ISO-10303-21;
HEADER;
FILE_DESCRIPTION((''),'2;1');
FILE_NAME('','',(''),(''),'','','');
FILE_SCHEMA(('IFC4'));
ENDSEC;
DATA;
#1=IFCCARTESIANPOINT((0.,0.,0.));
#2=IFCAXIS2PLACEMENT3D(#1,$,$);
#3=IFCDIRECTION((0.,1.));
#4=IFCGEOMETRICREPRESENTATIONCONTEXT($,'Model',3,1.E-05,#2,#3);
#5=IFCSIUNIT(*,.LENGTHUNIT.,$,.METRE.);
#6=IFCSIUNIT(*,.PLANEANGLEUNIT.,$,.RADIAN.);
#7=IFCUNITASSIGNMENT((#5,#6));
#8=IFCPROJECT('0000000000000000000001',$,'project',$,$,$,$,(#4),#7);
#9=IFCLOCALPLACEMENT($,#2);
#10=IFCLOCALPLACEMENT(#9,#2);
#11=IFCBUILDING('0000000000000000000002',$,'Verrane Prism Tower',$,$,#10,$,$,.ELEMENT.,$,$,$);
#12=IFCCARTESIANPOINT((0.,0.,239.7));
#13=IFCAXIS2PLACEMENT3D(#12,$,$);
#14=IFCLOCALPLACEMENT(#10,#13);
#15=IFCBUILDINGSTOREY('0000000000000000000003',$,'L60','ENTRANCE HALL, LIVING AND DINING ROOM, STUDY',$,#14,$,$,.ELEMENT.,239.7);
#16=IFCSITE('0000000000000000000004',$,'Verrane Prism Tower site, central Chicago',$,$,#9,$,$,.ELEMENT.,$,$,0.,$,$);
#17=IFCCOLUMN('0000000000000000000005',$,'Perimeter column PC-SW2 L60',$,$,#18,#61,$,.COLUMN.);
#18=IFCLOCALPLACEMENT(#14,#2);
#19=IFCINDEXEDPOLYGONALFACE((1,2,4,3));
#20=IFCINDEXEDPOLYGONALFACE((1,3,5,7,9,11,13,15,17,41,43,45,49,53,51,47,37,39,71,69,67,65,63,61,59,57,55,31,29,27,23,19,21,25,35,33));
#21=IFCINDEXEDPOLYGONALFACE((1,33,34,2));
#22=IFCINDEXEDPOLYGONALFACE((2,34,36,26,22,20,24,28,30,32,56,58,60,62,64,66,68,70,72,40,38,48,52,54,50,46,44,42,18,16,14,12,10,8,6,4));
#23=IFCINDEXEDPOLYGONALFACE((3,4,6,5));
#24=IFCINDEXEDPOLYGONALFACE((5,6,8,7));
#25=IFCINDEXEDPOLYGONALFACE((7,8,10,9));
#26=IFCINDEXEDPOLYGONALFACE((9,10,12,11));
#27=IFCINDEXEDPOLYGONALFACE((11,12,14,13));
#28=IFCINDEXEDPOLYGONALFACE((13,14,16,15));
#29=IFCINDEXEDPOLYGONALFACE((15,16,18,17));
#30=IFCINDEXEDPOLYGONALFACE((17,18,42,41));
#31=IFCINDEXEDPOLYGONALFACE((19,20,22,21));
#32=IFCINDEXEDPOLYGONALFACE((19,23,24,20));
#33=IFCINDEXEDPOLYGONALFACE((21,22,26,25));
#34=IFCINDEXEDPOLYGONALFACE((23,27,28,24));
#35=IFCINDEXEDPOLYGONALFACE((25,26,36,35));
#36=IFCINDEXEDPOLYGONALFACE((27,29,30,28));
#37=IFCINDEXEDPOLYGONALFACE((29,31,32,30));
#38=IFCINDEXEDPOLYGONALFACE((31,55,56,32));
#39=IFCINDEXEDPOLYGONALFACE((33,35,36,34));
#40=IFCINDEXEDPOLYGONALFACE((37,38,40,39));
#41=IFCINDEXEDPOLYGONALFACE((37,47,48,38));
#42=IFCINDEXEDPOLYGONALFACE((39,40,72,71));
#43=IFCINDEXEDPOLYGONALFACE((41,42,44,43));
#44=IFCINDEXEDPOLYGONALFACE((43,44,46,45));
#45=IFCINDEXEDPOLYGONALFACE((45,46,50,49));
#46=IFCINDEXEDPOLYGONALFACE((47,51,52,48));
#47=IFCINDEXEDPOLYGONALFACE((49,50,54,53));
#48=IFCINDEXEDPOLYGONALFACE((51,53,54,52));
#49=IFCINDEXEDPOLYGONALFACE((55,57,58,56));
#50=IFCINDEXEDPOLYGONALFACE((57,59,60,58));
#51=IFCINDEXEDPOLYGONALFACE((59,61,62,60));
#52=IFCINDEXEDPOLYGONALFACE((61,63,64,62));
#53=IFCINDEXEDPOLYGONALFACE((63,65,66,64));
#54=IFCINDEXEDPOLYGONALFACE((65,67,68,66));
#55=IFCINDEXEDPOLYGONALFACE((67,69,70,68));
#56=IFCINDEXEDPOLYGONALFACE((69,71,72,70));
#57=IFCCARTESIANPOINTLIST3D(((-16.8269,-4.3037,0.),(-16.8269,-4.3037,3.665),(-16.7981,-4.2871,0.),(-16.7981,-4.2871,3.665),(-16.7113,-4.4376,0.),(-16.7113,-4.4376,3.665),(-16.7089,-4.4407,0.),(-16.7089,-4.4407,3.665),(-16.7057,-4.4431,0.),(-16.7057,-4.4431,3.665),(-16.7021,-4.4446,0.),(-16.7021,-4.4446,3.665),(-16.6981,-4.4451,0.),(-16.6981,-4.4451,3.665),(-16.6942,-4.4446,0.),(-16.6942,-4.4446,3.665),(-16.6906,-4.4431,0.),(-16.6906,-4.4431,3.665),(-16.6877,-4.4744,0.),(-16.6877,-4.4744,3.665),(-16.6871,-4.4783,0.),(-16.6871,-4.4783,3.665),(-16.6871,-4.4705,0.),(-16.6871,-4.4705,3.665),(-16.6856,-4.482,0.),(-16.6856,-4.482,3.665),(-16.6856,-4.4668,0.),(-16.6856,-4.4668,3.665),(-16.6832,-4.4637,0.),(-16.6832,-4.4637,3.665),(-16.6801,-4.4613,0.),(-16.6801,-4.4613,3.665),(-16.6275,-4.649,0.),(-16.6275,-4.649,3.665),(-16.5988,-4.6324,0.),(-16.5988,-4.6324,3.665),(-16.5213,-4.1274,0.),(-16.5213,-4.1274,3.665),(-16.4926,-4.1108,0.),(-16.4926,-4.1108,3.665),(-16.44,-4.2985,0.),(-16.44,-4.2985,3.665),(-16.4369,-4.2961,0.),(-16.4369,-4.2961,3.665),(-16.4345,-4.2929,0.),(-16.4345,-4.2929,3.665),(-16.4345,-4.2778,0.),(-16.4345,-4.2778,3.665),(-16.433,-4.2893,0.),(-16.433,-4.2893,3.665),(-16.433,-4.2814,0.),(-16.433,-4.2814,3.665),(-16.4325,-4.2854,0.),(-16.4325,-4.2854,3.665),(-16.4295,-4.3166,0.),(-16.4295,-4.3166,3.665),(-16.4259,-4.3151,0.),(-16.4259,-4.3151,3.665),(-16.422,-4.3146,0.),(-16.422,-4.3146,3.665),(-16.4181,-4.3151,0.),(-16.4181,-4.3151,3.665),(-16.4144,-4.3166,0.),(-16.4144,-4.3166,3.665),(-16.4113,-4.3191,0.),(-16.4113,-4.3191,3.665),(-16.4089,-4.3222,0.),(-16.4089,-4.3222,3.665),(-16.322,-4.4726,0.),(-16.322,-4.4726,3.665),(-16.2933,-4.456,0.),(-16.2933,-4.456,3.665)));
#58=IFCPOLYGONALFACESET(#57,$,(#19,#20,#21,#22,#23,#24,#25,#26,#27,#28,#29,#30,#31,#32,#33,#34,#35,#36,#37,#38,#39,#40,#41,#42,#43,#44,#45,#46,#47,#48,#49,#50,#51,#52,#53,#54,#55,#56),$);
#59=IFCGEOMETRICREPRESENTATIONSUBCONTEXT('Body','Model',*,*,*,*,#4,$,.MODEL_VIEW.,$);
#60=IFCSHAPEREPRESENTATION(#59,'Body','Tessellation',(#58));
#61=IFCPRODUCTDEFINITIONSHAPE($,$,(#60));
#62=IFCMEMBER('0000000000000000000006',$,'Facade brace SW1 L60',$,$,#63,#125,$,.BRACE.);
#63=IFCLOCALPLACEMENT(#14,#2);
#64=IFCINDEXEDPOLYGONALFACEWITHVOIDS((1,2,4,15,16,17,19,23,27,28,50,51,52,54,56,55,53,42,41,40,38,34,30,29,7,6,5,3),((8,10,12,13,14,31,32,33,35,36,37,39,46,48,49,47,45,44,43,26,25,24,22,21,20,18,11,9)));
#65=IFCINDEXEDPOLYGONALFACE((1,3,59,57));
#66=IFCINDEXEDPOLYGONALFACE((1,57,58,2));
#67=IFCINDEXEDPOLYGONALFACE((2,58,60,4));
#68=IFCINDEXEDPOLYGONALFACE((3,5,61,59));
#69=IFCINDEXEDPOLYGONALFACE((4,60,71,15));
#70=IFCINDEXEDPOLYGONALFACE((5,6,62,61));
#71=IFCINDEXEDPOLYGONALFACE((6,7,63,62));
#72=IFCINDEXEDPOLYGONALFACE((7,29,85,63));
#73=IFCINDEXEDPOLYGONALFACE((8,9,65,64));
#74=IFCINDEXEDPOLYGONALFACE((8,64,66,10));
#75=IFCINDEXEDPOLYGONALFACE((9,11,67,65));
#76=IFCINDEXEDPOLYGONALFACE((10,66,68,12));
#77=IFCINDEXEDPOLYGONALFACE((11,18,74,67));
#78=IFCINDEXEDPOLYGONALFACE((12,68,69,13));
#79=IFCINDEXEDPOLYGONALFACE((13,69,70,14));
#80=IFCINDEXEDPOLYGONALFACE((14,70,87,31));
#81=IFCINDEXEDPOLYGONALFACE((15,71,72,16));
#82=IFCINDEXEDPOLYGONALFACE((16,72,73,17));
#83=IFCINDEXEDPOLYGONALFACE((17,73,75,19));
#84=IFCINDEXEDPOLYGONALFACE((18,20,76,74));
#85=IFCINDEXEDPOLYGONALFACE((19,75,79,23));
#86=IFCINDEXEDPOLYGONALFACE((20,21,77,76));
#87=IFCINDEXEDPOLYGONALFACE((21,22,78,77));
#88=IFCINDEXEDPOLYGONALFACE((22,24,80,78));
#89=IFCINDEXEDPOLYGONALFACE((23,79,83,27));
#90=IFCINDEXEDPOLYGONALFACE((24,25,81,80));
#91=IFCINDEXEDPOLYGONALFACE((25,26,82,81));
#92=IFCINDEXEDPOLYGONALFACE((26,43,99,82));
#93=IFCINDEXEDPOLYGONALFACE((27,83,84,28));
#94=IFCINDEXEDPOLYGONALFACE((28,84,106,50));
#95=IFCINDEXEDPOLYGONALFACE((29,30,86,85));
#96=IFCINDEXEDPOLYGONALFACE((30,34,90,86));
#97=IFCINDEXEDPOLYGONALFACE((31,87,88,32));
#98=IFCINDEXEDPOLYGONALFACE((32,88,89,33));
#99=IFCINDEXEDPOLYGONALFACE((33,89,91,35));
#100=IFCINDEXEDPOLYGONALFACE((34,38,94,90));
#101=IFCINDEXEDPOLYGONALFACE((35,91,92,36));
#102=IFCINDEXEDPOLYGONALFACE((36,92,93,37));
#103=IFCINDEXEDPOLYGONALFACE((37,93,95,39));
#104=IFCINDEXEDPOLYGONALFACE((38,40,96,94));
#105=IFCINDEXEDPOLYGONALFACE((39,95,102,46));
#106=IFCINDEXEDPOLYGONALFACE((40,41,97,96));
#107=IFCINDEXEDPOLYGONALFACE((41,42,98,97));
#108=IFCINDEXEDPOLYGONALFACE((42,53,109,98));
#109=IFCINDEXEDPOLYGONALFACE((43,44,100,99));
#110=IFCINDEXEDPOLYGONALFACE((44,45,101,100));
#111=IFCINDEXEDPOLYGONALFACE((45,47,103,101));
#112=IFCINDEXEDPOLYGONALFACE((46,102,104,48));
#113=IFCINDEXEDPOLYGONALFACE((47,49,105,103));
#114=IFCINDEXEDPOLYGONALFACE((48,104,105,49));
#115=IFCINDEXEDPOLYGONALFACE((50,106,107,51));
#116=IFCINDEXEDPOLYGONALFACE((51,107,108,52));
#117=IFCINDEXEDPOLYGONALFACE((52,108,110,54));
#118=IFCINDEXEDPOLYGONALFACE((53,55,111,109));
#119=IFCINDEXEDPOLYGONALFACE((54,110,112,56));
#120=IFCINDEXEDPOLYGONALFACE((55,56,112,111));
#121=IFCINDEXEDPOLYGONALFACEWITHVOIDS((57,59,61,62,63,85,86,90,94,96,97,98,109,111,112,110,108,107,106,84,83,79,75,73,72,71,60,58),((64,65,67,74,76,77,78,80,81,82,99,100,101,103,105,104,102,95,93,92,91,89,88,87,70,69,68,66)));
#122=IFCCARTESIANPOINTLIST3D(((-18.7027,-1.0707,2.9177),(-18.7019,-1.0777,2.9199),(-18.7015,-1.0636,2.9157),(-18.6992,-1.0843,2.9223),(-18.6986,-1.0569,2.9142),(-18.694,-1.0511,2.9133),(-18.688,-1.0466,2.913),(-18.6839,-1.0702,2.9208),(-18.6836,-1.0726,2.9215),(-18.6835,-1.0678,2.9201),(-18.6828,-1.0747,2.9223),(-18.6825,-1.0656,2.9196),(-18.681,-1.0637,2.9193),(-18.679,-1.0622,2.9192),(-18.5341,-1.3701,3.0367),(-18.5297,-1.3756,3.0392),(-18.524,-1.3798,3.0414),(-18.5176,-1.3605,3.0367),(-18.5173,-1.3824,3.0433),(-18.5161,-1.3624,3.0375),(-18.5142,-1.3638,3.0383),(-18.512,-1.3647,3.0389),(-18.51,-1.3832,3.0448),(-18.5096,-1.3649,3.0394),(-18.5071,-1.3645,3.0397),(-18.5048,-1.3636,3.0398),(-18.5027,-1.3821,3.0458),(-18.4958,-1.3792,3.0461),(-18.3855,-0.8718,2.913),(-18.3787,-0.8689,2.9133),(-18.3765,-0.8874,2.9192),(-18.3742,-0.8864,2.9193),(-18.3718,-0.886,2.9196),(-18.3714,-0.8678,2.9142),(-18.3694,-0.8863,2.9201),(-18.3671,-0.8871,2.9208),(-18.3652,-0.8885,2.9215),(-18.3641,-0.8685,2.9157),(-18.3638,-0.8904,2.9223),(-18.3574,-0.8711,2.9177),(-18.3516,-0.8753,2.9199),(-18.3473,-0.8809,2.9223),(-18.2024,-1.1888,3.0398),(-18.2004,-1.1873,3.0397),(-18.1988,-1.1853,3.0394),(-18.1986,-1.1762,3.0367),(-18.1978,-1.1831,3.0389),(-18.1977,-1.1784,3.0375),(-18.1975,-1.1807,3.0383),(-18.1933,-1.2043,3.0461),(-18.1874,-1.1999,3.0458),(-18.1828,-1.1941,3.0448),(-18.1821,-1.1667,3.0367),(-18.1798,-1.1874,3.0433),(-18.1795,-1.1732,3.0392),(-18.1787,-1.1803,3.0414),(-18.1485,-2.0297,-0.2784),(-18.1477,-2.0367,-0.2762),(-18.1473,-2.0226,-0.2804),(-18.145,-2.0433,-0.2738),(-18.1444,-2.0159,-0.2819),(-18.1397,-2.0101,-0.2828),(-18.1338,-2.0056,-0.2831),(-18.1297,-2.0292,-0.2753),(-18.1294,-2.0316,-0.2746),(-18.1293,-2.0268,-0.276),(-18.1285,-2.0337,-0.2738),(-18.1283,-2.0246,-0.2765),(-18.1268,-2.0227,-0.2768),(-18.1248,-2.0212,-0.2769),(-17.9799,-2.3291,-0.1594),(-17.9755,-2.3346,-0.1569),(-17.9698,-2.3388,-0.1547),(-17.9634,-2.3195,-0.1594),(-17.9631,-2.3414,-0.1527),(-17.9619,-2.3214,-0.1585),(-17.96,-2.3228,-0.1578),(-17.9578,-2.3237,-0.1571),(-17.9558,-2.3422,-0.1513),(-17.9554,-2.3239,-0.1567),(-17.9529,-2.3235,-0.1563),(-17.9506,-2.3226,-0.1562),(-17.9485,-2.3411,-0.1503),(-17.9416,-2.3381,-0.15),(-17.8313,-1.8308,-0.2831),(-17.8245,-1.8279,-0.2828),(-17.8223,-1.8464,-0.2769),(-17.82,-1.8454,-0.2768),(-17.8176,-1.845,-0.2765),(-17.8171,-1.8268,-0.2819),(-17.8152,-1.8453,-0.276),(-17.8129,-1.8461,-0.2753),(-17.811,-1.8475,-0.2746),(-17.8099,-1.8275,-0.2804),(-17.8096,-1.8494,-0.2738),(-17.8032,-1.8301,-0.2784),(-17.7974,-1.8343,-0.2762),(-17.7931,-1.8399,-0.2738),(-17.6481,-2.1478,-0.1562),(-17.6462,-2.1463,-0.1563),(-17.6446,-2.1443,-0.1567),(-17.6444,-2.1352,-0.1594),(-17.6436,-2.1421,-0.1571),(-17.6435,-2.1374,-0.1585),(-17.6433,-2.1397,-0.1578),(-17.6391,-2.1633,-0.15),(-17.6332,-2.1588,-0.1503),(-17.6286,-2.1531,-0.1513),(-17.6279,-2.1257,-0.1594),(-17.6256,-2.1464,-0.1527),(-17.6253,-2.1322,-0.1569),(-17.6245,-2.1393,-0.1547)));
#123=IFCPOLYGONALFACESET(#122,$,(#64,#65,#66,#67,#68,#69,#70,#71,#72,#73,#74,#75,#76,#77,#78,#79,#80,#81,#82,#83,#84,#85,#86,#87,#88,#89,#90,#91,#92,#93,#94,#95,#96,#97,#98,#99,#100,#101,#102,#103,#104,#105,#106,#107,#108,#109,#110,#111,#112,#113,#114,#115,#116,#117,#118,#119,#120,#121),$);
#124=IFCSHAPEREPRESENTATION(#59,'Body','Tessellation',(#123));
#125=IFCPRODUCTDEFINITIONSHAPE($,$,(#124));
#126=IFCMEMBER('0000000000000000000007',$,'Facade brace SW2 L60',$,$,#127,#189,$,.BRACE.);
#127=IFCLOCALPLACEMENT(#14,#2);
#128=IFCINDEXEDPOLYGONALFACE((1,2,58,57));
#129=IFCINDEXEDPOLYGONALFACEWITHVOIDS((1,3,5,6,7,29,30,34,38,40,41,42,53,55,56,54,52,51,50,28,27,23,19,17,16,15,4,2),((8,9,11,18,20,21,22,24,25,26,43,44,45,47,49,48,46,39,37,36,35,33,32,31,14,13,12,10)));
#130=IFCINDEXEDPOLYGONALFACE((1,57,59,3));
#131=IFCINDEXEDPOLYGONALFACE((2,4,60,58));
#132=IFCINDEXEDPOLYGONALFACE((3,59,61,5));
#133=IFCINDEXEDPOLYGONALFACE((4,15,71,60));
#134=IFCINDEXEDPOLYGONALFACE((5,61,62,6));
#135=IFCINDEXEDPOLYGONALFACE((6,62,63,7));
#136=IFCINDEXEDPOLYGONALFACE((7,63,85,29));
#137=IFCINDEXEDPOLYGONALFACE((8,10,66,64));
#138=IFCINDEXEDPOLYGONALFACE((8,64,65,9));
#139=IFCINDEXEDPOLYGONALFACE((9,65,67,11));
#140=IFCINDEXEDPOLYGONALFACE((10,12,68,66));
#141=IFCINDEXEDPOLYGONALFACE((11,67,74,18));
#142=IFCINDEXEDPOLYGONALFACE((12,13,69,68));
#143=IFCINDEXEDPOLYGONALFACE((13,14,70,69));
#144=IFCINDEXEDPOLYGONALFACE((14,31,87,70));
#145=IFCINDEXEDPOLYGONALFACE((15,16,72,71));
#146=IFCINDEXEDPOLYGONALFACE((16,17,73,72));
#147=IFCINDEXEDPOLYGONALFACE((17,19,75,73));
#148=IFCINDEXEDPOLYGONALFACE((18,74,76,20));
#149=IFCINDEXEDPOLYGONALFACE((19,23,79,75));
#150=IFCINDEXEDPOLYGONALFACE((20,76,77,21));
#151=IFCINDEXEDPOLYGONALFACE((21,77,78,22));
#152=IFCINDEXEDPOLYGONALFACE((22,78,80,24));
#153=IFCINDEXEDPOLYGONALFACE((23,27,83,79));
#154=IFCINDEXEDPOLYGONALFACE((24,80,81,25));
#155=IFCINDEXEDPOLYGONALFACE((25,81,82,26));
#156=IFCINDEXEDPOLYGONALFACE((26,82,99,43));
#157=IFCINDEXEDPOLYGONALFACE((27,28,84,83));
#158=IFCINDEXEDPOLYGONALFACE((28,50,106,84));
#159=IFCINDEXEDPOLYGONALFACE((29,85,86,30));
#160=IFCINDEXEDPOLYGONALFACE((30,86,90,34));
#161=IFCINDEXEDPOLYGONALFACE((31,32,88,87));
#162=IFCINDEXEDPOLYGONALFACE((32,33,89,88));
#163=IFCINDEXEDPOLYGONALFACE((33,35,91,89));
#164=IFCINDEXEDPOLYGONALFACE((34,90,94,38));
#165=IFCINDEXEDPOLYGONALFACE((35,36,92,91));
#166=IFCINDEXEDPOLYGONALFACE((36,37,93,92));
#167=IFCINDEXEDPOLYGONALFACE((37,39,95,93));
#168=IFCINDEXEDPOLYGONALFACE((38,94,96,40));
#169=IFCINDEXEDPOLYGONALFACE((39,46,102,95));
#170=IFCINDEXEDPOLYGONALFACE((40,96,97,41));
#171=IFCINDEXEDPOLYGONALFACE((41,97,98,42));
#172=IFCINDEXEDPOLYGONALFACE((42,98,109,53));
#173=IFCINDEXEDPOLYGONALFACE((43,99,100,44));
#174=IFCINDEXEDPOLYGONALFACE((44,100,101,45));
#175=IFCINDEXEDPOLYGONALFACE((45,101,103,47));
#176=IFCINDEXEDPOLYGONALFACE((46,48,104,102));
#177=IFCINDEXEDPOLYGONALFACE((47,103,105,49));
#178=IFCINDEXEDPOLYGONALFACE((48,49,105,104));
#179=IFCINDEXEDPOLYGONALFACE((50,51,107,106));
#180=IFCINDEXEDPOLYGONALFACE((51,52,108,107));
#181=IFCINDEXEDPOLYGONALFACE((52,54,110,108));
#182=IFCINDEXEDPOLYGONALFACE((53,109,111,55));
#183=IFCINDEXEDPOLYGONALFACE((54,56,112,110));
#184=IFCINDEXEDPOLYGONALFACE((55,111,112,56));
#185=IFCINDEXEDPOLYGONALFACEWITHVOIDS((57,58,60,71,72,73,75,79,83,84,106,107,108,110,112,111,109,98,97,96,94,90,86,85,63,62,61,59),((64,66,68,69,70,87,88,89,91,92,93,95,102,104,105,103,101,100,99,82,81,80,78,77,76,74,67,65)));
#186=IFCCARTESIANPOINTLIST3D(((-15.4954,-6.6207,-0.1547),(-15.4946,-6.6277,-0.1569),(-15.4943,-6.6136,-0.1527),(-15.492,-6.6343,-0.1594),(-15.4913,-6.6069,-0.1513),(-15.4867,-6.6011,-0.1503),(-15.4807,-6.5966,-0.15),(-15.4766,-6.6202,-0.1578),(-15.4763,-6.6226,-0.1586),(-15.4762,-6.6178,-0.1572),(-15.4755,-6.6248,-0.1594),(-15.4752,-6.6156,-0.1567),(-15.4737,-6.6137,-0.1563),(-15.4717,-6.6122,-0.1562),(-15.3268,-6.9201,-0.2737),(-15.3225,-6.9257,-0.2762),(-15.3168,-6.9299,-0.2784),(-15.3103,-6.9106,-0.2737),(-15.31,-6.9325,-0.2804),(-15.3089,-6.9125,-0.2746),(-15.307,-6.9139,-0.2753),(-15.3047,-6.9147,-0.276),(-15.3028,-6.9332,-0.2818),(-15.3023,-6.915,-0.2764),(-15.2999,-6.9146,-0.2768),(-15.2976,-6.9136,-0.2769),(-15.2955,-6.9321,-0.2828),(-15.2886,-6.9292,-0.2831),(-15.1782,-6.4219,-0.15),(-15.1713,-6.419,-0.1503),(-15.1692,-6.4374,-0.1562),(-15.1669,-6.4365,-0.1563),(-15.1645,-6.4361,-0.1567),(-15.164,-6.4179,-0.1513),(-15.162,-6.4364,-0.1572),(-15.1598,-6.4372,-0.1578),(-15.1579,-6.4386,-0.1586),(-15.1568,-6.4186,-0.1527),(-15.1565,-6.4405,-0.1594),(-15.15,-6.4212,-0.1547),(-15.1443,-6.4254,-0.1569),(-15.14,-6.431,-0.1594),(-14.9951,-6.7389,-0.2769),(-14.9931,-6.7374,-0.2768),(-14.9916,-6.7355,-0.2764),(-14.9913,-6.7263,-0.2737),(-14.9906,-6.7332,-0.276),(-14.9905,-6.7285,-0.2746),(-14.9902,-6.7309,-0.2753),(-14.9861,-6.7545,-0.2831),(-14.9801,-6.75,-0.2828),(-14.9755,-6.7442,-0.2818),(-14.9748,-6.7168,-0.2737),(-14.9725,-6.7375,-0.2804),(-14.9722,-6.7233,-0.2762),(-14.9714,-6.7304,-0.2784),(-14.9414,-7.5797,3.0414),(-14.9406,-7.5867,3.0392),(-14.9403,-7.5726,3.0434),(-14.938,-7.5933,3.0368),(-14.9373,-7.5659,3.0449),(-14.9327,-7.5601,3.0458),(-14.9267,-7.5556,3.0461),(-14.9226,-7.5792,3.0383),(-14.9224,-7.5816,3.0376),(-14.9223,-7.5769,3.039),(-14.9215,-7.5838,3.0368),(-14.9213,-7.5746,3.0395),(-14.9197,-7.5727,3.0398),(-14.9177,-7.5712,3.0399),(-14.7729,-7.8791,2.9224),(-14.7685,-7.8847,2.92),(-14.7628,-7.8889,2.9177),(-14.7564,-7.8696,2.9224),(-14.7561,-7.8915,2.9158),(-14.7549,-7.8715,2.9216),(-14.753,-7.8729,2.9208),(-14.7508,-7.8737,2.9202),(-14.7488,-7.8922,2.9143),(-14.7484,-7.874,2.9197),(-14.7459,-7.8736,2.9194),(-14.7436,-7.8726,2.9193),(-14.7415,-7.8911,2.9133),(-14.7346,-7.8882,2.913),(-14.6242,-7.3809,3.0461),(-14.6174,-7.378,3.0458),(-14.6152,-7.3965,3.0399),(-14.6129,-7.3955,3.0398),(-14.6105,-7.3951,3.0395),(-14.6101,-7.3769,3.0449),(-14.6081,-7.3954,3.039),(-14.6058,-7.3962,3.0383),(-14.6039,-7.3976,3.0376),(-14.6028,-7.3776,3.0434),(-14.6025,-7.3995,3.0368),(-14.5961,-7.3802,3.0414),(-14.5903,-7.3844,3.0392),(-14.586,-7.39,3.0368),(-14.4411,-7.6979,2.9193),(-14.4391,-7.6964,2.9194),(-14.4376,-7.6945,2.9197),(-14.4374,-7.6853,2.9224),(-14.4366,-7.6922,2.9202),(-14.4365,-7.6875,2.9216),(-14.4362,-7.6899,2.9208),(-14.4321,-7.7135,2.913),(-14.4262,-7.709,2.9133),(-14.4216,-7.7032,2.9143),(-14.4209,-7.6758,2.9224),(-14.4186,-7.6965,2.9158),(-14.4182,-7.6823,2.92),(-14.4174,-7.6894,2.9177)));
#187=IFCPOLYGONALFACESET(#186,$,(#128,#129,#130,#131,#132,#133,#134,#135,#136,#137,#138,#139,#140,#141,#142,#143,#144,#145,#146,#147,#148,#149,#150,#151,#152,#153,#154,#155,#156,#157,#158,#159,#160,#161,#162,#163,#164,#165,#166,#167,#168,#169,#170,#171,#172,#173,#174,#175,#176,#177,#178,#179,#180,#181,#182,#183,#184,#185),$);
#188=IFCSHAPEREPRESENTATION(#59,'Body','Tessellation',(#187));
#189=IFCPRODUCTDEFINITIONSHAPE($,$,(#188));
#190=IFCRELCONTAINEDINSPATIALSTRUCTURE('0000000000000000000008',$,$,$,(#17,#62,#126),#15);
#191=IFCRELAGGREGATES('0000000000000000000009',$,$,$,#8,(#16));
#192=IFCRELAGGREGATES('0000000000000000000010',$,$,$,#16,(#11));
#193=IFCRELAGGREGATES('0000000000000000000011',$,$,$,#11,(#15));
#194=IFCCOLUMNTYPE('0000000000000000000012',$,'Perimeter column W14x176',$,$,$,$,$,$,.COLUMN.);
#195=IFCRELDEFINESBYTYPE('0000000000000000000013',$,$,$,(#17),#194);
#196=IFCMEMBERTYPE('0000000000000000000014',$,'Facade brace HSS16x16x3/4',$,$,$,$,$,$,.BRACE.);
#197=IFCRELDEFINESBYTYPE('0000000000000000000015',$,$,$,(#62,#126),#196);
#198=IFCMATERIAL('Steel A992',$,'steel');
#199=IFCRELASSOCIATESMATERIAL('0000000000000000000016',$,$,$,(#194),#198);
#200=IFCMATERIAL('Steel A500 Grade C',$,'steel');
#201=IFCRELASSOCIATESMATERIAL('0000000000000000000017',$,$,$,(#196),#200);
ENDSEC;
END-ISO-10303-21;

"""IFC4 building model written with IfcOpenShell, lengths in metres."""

from ifc_helpers import new_model, si_unit, direction, frame, origin, origin_2d, place, context, subcontext, project, spatial, hollow_rectangle, i_section, extrude, material, material_profile, profile_set, type_object, element, save


model = new_model("IFC4")

# Units and contexts
model_context = context("Model", 3, precision=1e-05, world=origin(), true_north=direction((0.0, 1.0)))
body_context = subcontext(model_context, "Body", "Model", "MODEL_VIEW")
ifc_project = project(units=[si_unit("LENGTHUNIT", "METRE"), si_unit("PLANEANGLEUNIT", "RADIAN")], contexts=[model_context])

# Site, building, storey
site_placement = place(None, origin())
site = spatial("IfcSite", under=ifc_project, at=site_placement, Name="Verrane Prism Tower site, central Chicago", CompositionType="ELEMENT", RefElevation=0.0)
building_placement = place(site_placement, origin())
building = spatial("IfcBuilding", under=site, at=building_placement, Name="Verrane Prism Tower", CompositionType="ELEMENT")
storey_placement = place(building_placement, frame((0.0, 0.0, 239.7)))
storey = spatial("IfcBuildingStorey", under=building, at=storey_placement, Name="L60", Description="ENTRANCE HALL, LIVING AND DINING ROOM, STUDY", CompositionType="ELEMENT", Elevation=239.7)

# Column
ifc_material_1 = material(Name="Steel A992", Category="steel")
ifc_material_profile_1 = material_profile(ifc_material_1, i_section(OverallWidth=0.3987, OverallDepth=0.386, WebThickness=0.021, FlangeThickness=0.0332, FilletRadius=0.0151, at=origin_2d()), Name="W14x176")
ifc_profile_set_1 = profile_set([ifc_material_profile_1], Name="Steel A992")
column_type = type_object("IfcColumnType", Name="Perimeter column W14x176", PredefinedType="COLUMN", material=ifc_profile_set_1)
column_placement = place(storey_placement, frame((-16.5601, -4.3799, 0.0), z_axis=(0.0, 0.0, 1.0), x_axis=(-0.5, 0.866025, 0.0)))
element("IfcColumn", 1, at=column_placement, inside=storey, type_object=column_type, Name="Perimeter column PC-SW2 L60", PredefinedType="COLUMN", context=body_context, shape_type="SweptSolid", body=[
    extrude(i_section(OverallWidth=0.3987, OverallDepth=0.386, WebThickness=0.021, FlangeThickness=0.0332, FilletRadius=0.0151, at=origin_2d()), origin(), (0.0, 0.0, 1.0), 3.665),
])

# Members
ifc_material_2 = material(Name="Steel A500 Grade C", Category="steel")
ifc_material_profile_2 = material_profile(ifc_material_2, hollow_rectangle(XDim=0.4065, YDim=0.4065, WallThickness=0.019, InnerFilletRadius=0.0095, OuterFilletRadius=0.0286, at=origin_2d()), Name="HSS16x16x3/4")
ifc_profile_set_2 = profile_set([ifc_material_profile_2], Name="Steel A500 Grade C")
member_type_1 = type_object("IfcMemberType", Name="Facade brace HSS16x16x3/4", PredefinedType="BRACE", material=ifc_profile_set_2)
for number, where, z_axis, x_axis, name in (
    (2, (-17.8865, -2.0845, -0.2166), (-0.163842, 0.283511, 0.944869), (-0.865818, -0.500358, 0.0), "Facade brace SW1 L60"),
    (3, (-15.2334, -6.6755, -0.2166), (0.163772, -0.283515, 0.94488), (0.865914, 0.500193, 0.0), "Facade brace SW2 L60"),
):
    element("IfcMember", number, at=place(storey_placement, frame(where, z_axis=z_axis, x_axis=x_axis)), inside=storey, type_object=member_type_1, Name=name, PredefinedType="BRACE", context=body_context, shape_type="SweptSolid", body=[
        extrude(hollow_rectangle(XDim=0.4065, YDim=0.4065, WallThickness=0.019, InnerFilletRadius=0.0095, OuterFilletRadius=0.0286, at=origin_2d()), origin(), (0.0, 0.0, 1.0), 3.3826),
    ])

save(model, "model.ifc")
